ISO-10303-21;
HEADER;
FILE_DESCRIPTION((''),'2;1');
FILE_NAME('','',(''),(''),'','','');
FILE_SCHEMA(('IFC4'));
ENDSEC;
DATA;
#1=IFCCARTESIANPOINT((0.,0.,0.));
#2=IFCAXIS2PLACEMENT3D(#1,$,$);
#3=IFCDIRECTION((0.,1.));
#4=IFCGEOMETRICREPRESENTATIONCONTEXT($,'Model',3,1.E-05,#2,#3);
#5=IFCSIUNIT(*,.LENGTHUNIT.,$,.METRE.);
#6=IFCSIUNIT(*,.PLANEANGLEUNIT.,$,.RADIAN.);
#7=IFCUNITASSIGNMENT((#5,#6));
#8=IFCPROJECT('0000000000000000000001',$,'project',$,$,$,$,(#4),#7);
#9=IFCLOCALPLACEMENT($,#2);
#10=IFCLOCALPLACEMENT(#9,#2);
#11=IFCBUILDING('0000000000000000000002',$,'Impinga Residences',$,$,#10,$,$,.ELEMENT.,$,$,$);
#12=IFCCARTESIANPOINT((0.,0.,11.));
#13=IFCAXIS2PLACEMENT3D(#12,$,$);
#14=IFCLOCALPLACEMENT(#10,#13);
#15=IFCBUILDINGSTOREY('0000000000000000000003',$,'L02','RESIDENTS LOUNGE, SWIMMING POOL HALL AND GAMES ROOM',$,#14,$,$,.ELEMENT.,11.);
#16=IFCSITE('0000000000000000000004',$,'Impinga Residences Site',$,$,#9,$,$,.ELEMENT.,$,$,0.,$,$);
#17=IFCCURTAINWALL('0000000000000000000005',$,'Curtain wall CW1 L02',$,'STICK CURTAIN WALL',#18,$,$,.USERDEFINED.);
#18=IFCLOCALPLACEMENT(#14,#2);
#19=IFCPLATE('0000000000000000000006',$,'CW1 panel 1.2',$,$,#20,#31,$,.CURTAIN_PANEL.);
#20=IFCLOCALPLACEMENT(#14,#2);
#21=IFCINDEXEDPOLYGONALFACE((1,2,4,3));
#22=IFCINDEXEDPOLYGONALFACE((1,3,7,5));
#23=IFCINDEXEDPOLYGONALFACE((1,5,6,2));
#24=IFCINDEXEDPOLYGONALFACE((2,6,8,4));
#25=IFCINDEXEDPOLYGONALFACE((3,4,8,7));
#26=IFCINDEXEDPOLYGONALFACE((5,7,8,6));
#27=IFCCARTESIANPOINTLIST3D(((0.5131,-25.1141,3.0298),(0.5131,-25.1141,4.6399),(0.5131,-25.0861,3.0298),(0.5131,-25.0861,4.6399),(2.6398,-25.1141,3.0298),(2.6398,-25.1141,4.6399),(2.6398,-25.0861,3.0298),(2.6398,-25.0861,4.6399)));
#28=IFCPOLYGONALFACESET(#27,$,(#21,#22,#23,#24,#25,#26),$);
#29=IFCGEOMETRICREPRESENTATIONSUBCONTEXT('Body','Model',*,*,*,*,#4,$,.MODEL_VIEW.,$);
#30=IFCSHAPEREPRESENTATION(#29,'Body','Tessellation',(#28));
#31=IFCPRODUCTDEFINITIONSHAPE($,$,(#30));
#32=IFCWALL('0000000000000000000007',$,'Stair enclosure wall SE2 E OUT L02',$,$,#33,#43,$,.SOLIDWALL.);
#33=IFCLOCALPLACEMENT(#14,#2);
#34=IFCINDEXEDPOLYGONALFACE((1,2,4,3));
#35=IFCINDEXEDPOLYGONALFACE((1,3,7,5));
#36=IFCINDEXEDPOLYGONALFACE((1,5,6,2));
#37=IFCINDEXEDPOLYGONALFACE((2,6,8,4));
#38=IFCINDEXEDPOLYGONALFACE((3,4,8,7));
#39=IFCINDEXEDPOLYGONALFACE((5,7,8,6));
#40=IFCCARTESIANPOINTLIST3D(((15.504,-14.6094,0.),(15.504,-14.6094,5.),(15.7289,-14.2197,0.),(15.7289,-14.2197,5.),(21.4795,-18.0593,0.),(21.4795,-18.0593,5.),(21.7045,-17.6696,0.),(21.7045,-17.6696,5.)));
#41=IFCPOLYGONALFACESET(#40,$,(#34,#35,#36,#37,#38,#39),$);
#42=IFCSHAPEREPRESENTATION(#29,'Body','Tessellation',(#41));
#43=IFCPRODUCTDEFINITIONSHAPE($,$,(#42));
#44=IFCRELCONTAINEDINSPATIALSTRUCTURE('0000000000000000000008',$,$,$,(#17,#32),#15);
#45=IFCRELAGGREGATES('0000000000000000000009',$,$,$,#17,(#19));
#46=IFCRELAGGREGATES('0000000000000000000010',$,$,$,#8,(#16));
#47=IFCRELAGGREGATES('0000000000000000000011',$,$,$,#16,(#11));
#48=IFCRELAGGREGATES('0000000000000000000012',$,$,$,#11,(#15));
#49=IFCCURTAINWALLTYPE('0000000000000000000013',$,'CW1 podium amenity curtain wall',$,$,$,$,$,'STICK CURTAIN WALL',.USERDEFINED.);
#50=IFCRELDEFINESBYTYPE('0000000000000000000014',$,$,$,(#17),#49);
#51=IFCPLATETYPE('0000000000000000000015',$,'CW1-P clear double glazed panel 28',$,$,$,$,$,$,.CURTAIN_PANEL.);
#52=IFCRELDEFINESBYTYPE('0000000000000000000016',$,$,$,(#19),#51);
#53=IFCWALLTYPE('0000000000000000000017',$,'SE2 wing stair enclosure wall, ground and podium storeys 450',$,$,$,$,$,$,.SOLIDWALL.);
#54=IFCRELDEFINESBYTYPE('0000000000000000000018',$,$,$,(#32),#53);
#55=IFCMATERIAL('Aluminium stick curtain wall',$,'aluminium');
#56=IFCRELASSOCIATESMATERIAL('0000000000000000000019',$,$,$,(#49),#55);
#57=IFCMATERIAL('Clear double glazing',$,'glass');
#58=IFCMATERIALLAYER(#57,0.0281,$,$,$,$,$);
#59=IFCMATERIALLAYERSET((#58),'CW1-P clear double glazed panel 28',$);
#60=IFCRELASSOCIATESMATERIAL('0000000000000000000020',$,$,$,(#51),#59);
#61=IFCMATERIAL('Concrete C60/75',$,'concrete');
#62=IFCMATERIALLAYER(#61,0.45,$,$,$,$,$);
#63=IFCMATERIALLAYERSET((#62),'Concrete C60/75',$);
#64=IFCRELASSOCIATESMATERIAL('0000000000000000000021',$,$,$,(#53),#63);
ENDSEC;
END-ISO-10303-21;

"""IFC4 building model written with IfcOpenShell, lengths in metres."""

from ifc_helpers import new_model, si_unit, direction, frame, frame_2d, origin, origin_2d, place, context, subcontext, project, spatial, rectangle, extrude, material, layer, layer_set, type_object, element, aggregate, save


model = new_model("IFC4")

# Units and contexts
model_context = context("Model", 3, precision=1e-05, world=origin(), true_north=direction((0.0, 1.0)))
body_context = subcontext(model_context, "Body", "Model", "MODEL_VIEW")
ifc_project = project(units=[si_unit("LENGTHUNIT", "METRE"), si_unit("PLANEANGLEUNIT", "RADIAN")], contexts=[model_context])

# Site, building, storey
site_placement = place(None, origin())
site = spatial("IfcSite", under=ifc_project, at=site_placement, Name="Impinga Residences Site", CompositionType="ELEMENT", RefElevation=0.0)
building_placement = place(site_placement, origin())
building = spatial("IfcBuilding", under=site, at=building_placement, Name="Impinga Residences", CompositionType="ELEMENT")
storey_placement = place(building_placement, frame((0.0, 0.0, 11.0)))
storey = spatial("IfcBuildingStorey", under=building, at=storey_placement, Name="L02", Description="RESIDENTS LOUNGE, SWIMMING POOL HALL AND GAMES ROOM", CompositionType="ELEMENT", Elevation=11.0)

# Curtain wall
ifc_material_1 = material(Name="Aluminium stick curtain wall", Category="aluminium")
curtain_wall_type = type_object("IfcCurtainWallType", Name="CW1 podium amenity curtain wall", ElementType="STICK CURTAIN WALL", PredefinedType="USERDEFINED", material=ifc_material_1)
curtain_wall_1_placement = place(storey_placement, origin())
curtain_wall_1 = element("IfcCurtainWall", 1, at=curtain_wall_1_placement, inside=storey, type_object=curtain_wall_type, Name="Curtain wall CW1 L02", ObjectType="STICK CURTAIN WALL", PredefinedType="USERDEFINED")

# Shared definitions
ifc_material_2 = material(Name="Concrete C60/75", Category="concrete")

# Plate
ifc_material_3 = material(Name="Clear double glazing", Category="glass")
ifc_layer_1 = layer(ifc_material_3, 0.0281)
ifc_layer_set_1 = layer_set([ifc_layer_1], Name="CW1-P clear double glazed panel 28")
plate_type = type_object("IfcPlateType", Name="CW1-P clear double glazed panel 28", PredefinedType="CURTAIN_PANEL", material=ifc_layer_set_1)
plate_1_placement = place(storey_placement, frame((1.5764, -25.1001, 3.0298), z_axis=(0.0, 0.0, 1.0), x_axis=(-1.0, 0.0, 0.0)))
plate_1 = element("IfcPlate", 2, at=plate_1_placement, type_object=plate_type, Name="CW1 panel 1.2", PredefinedType="CURTAIN_PANEL", context=body_context, shape_type="SweptSolid", body=[
    extrude(rectangle(XDim=2.1267, YDim=0.0281, at=origin_2d()), origin(), (0.0, 0.0, 1.0), 1.6101),
])
aggregate(curtain_wall_1, [plate_1])

# Wall
ifc_layer_2 = layer(ifc_material_2, 0.45)
ifc_layer_set_2 = layer_set([ifc_layer_2], Name="Concrete C60/75")
wall_type_1 = type_object("IfcWallType", Name="SE2 wing stair enclosure wall, ground and podium storeys 450", PredefinedType="SOLIDWALL", material=ifc_layer_set_2)
wall_1_placement = place(storey_placement, frame((15.6165, -14.4146, 0.0), z_axis=(0.0, 0.0, 1.0), x_axis=(0.866029, -0.499994, 0.0)))
element("IfcWall", 3, at=wall_1_placement, inside=storey, type_object=wall_type_1, Name="Stair enclosure wall SE2 E OUT L02", PredefinedType="SOLIDWALL", context=body_context, shape_type="SweptSolid", body=[
    extrude(rectangle(XDim=6.8999, YDim=0.45, at=frame_2d((3.45, 0.0))), origin(), (0.0, 0.0, 1.0), 5.0),
])

save(model, "model.ifc")
